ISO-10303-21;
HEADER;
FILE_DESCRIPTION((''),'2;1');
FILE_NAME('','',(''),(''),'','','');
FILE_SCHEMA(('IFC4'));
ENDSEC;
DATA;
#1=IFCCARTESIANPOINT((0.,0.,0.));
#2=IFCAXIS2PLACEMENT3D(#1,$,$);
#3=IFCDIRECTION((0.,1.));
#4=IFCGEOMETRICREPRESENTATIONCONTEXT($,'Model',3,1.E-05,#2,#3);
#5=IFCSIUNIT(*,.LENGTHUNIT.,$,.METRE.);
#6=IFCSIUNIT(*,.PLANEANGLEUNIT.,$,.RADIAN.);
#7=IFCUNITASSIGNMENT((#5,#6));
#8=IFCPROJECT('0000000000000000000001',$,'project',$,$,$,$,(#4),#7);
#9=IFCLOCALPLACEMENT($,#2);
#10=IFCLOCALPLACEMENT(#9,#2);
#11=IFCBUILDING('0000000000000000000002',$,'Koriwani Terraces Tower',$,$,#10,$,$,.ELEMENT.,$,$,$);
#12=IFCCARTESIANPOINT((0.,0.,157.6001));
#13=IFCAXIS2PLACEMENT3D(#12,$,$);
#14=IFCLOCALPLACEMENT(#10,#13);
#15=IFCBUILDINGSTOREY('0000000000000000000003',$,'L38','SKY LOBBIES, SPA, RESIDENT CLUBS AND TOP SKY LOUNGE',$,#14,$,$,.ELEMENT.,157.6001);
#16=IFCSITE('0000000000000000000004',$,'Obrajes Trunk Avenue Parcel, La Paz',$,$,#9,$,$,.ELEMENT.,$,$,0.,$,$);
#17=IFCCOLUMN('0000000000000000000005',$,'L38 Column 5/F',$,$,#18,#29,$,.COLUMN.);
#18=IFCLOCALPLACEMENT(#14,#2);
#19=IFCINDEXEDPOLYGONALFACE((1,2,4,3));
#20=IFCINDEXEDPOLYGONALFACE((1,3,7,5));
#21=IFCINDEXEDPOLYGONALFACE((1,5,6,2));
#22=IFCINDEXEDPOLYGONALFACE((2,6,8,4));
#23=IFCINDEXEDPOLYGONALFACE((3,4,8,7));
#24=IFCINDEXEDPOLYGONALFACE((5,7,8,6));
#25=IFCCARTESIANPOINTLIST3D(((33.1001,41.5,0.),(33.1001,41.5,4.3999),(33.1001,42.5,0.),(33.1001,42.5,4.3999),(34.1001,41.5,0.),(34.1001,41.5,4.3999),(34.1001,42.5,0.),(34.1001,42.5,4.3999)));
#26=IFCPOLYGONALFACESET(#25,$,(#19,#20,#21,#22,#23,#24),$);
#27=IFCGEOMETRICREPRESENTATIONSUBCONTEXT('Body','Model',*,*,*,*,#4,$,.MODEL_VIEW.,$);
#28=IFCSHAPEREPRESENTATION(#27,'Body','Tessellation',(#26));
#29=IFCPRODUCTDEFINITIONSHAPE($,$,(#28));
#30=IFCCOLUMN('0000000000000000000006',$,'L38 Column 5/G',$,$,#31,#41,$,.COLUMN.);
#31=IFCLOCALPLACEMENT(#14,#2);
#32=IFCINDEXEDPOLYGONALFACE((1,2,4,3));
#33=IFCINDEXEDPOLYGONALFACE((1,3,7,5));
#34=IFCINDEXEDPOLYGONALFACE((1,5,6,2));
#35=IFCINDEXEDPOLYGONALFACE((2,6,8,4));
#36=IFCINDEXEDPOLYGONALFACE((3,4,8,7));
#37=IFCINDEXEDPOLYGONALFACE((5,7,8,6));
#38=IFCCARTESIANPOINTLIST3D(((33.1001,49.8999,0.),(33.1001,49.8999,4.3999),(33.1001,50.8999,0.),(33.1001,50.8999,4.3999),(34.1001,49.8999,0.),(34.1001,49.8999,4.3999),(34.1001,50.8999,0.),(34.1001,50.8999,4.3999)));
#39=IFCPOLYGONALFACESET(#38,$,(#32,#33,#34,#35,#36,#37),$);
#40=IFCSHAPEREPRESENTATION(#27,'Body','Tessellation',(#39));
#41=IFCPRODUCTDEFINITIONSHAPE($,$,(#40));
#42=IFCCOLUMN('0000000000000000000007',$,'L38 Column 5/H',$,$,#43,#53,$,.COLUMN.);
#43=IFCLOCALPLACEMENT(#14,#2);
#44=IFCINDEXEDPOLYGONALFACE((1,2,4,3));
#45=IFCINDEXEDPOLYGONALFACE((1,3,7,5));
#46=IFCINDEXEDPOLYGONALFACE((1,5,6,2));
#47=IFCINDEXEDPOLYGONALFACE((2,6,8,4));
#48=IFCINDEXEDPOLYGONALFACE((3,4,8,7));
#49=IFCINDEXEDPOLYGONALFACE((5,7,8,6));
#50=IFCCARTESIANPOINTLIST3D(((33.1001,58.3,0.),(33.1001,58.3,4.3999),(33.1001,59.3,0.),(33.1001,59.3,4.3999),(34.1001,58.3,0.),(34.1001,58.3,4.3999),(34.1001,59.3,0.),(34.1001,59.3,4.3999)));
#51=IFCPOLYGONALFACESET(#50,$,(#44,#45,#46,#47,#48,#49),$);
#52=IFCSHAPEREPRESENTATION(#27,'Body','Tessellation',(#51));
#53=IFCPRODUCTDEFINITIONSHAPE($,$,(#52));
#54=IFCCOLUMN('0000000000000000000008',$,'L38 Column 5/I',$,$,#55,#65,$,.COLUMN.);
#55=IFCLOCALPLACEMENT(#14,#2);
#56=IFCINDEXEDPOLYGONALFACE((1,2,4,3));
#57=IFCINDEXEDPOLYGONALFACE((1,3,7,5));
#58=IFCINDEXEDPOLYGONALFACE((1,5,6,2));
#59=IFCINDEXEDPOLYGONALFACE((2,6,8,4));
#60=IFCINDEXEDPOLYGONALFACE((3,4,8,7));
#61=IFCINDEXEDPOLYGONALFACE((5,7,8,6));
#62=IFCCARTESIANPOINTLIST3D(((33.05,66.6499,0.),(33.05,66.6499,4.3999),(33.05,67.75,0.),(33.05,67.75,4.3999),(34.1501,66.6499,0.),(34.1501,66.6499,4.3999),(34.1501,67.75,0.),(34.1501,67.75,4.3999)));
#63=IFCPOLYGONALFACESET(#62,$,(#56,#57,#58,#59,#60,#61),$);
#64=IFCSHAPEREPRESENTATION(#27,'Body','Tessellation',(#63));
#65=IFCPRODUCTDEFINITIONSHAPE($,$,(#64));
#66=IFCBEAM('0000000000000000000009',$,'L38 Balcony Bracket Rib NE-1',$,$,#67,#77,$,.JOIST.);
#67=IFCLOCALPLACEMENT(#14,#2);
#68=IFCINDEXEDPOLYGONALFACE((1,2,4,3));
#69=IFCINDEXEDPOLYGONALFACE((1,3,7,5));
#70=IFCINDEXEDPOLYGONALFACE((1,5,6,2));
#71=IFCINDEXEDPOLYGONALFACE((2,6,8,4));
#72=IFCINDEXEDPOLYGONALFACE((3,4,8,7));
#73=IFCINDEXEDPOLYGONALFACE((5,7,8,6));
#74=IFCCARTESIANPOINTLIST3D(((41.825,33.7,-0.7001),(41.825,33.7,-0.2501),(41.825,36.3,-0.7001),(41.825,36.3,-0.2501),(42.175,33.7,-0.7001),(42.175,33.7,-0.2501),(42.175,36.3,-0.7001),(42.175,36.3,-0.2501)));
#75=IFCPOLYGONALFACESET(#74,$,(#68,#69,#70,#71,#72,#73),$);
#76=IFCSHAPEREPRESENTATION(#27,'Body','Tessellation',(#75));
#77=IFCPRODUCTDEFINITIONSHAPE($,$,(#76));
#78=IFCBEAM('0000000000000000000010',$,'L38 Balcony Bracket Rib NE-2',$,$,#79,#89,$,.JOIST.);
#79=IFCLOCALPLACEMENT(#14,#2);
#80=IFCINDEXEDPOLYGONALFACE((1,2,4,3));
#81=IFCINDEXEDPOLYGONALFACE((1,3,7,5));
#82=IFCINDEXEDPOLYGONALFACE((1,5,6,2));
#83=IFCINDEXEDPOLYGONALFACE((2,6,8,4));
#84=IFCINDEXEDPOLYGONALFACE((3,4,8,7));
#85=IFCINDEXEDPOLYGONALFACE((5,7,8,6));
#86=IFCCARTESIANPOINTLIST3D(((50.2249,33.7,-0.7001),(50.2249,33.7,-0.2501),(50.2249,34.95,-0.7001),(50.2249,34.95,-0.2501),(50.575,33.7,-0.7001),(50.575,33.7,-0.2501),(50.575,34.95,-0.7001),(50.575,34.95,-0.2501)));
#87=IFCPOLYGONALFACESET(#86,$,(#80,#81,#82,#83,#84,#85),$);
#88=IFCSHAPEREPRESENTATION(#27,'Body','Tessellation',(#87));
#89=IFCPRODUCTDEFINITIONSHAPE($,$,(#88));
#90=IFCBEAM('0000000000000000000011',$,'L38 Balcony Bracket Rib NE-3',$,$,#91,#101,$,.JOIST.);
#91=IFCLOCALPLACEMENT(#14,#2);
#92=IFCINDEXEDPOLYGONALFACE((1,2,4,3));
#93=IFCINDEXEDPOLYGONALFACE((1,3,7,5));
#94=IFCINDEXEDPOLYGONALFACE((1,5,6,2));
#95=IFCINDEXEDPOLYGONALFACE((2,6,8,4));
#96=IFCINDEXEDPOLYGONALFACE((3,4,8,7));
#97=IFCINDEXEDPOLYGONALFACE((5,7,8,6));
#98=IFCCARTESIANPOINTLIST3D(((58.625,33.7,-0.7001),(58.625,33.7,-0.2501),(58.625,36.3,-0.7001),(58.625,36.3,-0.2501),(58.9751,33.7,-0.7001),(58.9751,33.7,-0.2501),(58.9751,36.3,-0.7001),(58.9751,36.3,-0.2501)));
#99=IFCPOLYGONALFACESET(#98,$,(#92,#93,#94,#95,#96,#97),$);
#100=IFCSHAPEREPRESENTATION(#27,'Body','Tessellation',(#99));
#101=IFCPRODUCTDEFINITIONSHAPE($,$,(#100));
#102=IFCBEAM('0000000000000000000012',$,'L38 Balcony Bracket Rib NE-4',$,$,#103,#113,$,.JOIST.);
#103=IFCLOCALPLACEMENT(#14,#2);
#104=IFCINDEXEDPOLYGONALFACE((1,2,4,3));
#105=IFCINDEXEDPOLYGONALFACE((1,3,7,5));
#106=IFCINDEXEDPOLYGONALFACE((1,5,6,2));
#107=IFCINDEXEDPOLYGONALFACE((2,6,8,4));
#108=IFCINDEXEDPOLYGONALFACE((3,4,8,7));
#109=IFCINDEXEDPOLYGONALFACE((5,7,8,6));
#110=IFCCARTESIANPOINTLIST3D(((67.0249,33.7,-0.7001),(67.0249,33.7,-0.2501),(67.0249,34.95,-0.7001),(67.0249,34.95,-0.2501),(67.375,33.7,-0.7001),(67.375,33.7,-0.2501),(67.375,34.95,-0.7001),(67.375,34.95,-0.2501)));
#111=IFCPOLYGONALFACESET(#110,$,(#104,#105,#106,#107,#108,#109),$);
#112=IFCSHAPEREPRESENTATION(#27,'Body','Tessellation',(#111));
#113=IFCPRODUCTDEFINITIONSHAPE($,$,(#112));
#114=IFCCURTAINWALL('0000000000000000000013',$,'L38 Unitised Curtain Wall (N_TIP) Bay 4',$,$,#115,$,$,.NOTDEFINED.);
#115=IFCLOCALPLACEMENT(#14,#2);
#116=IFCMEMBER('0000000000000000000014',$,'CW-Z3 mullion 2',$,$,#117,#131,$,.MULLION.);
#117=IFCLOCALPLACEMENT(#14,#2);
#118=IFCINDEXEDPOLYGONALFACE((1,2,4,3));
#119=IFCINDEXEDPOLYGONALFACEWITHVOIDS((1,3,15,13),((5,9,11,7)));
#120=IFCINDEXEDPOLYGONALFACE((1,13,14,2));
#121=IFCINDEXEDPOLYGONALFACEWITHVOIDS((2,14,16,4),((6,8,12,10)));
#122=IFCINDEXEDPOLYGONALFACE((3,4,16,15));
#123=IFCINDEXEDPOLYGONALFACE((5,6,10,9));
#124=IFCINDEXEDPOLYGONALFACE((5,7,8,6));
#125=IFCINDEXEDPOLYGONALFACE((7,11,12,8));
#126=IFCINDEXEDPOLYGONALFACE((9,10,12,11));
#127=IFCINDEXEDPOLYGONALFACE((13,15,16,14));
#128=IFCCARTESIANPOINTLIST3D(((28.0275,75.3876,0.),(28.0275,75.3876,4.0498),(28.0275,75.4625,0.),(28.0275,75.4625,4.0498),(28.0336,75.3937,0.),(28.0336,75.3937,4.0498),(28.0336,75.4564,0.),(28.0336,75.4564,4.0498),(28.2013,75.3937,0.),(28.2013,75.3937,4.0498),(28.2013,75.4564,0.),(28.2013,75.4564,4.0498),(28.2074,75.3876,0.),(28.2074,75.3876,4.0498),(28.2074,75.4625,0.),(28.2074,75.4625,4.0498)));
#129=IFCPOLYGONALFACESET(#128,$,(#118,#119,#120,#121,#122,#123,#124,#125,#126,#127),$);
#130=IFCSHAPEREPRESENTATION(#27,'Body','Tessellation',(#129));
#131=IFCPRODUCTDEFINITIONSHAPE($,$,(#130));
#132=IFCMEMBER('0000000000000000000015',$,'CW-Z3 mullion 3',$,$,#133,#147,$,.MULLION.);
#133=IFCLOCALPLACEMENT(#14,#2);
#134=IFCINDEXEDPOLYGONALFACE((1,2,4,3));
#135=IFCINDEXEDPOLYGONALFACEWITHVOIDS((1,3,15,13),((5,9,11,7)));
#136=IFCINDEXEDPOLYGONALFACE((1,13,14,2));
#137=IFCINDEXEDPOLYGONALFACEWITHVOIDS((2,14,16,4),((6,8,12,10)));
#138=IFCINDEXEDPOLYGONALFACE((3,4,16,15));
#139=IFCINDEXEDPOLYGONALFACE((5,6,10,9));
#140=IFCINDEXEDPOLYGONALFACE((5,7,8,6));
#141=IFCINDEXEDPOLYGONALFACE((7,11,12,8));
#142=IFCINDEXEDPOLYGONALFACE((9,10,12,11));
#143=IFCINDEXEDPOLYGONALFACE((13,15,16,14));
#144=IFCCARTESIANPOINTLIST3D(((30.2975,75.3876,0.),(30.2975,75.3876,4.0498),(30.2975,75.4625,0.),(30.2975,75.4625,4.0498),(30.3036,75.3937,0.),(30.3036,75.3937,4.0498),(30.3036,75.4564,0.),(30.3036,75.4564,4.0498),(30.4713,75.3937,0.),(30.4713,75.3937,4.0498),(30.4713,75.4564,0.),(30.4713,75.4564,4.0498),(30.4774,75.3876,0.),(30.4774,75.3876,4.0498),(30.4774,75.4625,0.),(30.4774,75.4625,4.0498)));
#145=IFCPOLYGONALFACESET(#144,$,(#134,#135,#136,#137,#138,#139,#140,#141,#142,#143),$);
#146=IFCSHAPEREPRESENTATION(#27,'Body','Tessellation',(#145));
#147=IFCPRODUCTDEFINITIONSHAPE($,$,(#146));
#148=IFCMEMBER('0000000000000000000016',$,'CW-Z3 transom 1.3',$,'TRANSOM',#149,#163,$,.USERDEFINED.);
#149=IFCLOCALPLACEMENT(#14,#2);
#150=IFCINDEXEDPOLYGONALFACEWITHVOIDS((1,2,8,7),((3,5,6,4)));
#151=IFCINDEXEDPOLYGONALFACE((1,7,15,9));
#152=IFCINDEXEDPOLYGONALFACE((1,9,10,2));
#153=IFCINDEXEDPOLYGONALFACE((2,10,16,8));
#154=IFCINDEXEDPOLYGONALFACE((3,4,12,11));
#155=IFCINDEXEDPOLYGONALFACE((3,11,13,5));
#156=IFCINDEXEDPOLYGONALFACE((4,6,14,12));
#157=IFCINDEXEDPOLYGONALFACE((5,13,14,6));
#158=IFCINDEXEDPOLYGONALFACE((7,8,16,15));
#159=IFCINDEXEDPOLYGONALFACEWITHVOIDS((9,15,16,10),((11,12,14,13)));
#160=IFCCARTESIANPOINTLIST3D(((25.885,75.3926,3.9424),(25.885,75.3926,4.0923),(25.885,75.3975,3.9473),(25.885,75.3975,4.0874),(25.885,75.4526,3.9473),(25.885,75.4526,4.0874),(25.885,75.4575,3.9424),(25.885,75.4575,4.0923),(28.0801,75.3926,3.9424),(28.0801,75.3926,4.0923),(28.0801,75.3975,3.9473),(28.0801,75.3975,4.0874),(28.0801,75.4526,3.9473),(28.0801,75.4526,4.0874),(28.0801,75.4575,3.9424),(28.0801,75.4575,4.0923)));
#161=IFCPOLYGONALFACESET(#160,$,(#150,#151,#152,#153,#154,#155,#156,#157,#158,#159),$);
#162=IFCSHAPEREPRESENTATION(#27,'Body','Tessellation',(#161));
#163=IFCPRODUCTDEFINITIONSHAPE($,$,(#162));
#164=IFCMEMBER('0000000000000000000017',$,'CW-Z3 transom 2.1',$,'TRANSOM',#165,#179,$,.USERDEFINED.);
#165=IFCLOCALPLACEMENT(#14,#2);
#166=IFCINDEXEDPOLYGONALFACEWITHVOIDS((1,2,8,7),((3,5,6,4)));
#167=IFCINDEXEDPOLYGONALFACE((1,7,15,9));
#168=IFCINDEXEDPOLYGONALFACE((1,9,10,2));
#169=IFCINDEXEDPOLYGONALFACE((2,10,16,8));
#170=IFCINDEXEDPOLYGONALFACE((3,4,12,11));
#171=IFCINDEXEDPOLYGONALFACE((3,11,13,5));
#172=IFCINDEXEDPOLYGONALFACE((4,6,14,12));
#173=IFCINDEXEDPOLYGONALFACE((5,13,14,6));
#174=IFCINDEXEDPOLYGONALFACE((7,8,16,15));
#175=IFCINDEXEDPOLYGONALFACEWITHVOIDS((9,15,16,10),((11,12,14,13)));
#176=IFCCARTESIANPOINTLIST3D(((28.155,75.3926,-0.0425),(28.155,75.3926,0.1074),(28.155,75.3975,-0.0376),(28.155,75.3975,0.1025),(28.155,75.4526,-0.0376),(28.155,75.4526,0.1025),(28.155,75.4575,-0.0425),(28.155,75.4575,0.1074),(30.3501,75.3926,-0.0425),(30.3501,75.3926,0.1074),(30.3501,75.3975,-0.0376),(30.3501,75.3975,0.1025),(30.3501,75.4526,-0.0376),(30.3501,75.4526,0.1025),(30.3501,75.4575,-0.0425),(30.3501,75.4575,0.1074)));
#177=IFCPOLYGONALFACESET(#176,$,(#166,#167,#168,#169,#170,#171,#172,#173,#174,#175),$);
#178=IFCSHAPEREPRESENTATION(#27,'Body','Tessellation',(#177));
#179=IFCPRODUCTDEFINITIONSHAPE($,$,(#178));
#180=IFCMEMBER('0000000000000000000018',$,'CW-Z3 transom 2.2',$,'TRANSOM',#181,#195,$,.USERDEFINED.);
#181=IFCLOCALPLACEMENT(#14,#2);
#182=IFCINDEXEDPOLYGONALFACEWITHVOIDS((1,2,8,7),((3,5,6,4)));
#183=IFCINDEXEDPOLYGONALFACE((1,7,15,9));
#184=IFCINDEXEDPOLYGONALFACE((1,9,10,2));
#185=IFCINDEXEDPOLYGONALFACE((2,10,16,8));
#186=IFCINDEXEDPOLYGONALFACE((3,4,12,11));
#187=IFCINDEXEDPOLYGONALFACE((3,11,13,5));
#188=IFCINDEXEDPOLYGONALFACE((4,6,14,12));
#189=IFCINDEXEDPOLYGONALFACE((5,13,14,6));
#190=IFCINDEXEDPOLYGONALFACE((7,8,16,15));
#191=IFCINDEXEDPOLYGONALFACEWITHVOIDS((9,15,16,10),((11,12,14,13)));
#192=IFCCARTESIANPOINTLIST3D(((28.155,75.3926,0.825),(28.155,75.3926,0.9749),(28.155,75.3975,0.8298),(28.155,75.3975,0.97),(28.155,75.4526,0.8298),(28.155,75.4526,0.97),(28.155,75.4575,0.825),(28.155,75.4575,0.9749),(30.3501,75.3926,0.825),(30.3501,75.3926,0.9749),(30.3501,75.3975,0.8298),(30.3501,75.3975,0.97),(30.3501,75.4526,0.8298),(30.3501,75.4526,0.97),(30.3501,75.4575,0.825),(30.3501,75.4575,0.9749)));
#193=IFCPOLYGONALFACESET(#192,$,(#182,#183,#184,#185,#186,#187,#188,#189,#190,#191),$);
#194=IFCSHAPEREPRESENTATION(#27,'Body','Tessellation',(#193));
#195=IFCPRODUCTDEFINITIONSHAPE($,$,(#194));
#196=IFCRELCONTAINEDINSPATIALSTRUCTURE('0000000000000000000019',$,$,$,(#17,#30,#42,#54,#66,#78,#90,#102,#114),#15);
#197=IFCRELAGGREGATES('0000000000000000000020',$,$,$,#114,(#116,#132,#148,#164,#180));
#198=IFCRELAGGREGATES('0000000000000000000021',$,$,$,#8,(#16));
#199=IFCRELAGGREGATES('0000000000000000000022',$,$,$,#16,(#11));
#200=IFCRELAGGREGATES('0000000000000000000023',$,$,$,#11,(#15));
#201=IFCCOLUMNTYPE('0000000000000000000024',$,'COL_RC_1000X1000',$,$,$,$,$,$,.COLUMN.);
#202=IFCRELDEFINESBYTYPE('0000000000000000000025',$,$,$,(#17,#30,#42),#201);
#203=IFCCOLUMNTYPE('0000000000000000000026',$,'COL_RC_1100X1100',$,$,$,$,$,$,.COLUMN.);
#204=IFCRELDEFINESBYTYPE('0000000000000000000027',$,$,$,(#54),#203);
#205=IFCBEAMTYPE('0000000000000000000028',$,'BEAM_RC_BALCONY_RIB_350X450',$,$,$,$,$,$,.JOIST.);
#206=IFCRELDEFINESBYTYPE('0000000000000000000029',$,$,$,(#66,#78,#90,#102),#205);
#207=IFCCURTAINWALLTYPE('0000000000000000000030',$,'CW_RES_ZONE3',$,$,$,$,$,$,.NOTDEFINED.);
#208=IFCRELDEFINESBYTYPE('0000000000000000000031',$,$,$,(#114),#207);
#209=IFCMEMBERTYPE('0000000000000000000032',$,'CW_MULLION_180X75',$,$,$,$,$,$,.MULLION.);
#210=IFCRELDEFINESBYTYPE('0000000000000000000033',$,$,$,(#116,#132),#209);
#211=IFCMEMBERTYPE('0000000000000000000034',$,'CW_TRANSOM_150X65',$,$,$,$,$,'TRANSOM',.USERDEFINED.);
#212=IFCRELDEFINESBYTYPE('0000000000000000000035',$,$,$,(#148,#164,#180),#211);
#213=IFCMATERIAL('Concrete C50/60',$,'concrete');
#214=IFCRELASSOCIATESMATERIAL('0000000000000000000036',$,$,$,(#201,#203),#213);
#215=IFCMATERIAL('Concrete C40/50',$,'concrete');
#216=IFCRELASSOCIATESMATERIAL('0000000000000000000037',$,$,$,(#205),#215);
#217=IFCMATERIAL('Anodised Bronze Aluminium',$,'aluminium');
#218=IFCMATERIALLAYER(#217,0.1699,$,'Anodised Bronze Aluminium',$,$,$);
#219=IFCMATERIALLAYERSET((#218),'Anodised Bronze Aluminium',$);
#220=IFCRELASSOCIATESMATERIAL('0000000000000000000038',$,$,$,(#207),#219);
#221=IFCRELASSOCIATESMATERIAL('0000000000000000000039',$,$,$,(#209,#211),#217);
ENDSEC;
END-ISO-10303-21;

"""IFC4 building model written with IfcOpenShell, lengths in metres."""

from ifc_helpers import new_model, si_unit, direction, frame, origin, origin_2d, place, context, subcontext, project, spatial, rectangle, hollow_rectangle, extrude, material, layer, layer_set, material_profile, profile_set, type_object, element, aggregate, save


model = new_model("IFC4")

# Units and contexts
model_context = context("Model", 3, precision=1e-05, world=origin(), true_north=direction((0.0, 1.0)))
body_context = subcontext(model_context, "Body", "Model", "MODEL_VIEW")
ifc_project = project(units=[si_unit("LENGTHUNIT", "METRE"), si_unit("PLANEANGLEUNIT", "RADIAN")], contexts=[model_context])

# Site, building, storey
site_placement = place(None, origin())
site = spatial("IfcSite", under=ifc_project, at=site_placement, Name="Obrajes Trunk Avenue Parcel, La Paz", CompositionType="ELEMENT", RefElevation=0.0)
building_placement = place(site_placement, origin())
building = spatial("IfcBuilding", under=site, at=building_placement, Name="Koriwani Terraces Tower", CompositionType="ELEMENT")
storey_placement = place(building_placement, frame((0.0, 0.0, 157.6001)))
storey = spatial("IfcBuildingStorey", under=building, at=storey_placement, Name="L38", Description="SKY LOBBIES, SPA, RESIDENT CLUBS AND TOP SKY LOUNGE", CompositionType="ELEMENT", Elevation=157.6001)

# Columns
ifc_material_1 = material(Name="Concrete C50/60", Category="concrete")
ifc_material_profile_1 = material_profile(ifc_material_1, rectangle(XDim=1.0, YDim=1.0, at=origin_2d()), Name="Concrete C50/60", Category="LoadBearing")
ifc_profile_set_1 = profile_set([ifc_material_profile_1], Name="Concrete C50/60")
column_type_1 = type_object("IfcColumnType", Name="COL_RC_1000X1000", PredefinedType="COLUMN", material=ifc_profile_set_1)
for number, where, z_axis, x_axis, name in (
    (1, (33.6001, 42.0, 0.0), (0.0, 0.0, 1.0), (1.0, 0.0, 0.0), "L38 Column 5/F"),
    (2, (33.6001, 50.3999, 0.0), (0.0, 0.0, 1.0), (1.0, 0.0, 0.0), "L38 Column 5/G"),
    (3, (33.6001, 58.8, 0.0), (0.0, 0.0, 1.0), (1.0, 0.0, 0.0), "L38 Column 5/H"),
):
    element("IfcColumn", number, at=place(storey_placement, frame(where, z_axis=z_axis, x_axis=x_axis)), inside=storey, type_object=column_type_1, Name=name, PredefinedType="COLUMN", context=body_context, shape_type="SweptSolid", body=[
        extrude(rectangle(XDim=1.0, YDim=1.0, at=origin_2d()), origin(), (0.0, 0.0, 1.0), 4.3999),
    ])
ifc_material_profile_2 = material_profile(ifc_material_1, rectangle(XDim=1.1001, YDim=1.1001, at=origin_2d()), Name="Concrete C50/60", Category="LoadBearing")
ifc_profile_set_2 = profile_set([ifc_material_profile_2], Name="Concrete C50/60")
column_type_2 = type_object("IfcColumnType", Name="COL_RC_1100X1100", PredefinedType="COLUMN", material=ifc_profile_set_2)
column_placement = place(storey_placement, frame((33.6001, 67.2, 0.0), z_axis=(0.0, 0.0, 1.0), x_axis=(1.0, 0.0, 0.0)))
element("IfcColumn", 4, at=column_placement, inside=storey, type_object=column_type_2, Name="L38 Column 5/I", PredefinedType="COLUMN", context=body_context, shape_type="SweptSolid", body=[
    extrude(rectangle(XDim=1.1001, YDim=1.1001, at=origin_2d()), origin(), (0.0, 0.0, 1.0), 4.3999),
])

# Beams
ifc_material_2 = material(Name="Concrete C40/50", Category="concrete")
ifc_material_profile_3 = material_profile(ifc_material_2, rectangle(XDim=0.3501, YDim=0.45, at=origin_2d()), Name="Concrete C40/50", Category="LoadBearing")
ifc_profile_set_3 = profile_set([ifc_material_profile_3], Name="Concrete C40/50")
beam_type_1 = type_object("IfcBeamType", Name="BEAM_RC_BALCONY_RIB_350X450", PredefinedType="JOIST", material=ifc_profile_set_3)
beam_1_placement = place(storey_placement, frame((42.0, 33.7, -0.4751), z_axis=(0.0, 1.0, 0.0), x_axis=(-1.0, 0.0, 0.0)))
element("IfcBeam", 5, at=beam_1_placement, inside=storey, type_object=beam_type_1, Name="L38 Balcony Bracket Rib NE-1", PredefinedType="JOIST", context=body_context, shape_type="SweptSolid", body=[
    extrude(rectangle(XDim=0.3501, YDim=0.45, at=origin_2d()), origin(), (0.0, 0.0, 1.0), 2.6001),
])
beam_2_placement = place(storey_placement, frame((50.3999, 33.7, -0.4751), z_axis=(0.0, 1.0, 0.0), x_axis=(-1.0, 0.0, 0.0)))
element("IfcBeam", 6, at=beam_2_placement, inside=storey, type_object=beam_type_1, Name="L38 Balcony Bracket Rib NE-2", PredefinedType="JOIST", context=body_context, shape_type="SweptSolid", body=[
    extrude(rectangle(XDim=0.3501, YDim=0.45, at=origin_2d()), origin(), (0.0, 0.0, 1.0), 1.25),
])
beam_3_placement = place(storey_placement, frame((58.8, 33.7, -0.4751), z_axis=(0.0, 1.0, 0.0), x_axis=(-1.0, 0.0, 0.0)))
element("IfcBeam", 7, at=beam_3_placement, inside=storey, type_object=beam_type_1, Name="L38 Balcony Bracket Rib NE-3", PredefinedType="JOIST", context=body_context, shape_type="SweptSolid", body=[
    extrude(rectangle(XDim=0.3501, YDim=0.45, at=origin_2d()), origin(), (0.0, 0.0, 1.0), 2.6001),
])
beam_4_placement = place(storey_placement, frame((67.2, 33.7, -0.4751), z_axis=(0.0, 1.0, 0.0), x_axis=(-1.0, 0.0, 0.0)))
element("IfcBeam", 8, at=beam_4_placement, inside=storey, type_object=beam_type_1, Name="L38 Balcony Bracket Rib NE-4", PredefinedType="JOIST", context=body_context, shape_type="SweptSolid", body=[
    extrude(rectangle(XDim=0.3501, YDim=0.45, at=origin_2d()), origin(), (0.0, 0.0, 1.0), 1.25),
])

# Curtain wall, members
ifc_material_3 = material(Name="Anodised Bronze Aluminium", Category="aluminium")
ifc_layer_1 = layer(ifc_material_3, 0.1699, Name="Anodised Bronze Aluminium")
ifc_layer_set_1 = layer_set([ifc_layer_1], Name="Anodised Bronze Aluminium")
curtain_wall_type = type_object("IfcCurtainWallType", Name="CW_RES_ZONE3", PredefinedType="NOTDEFINED", material=ifc_layer_set_1)
curtain_wall_placement = place(storey_placement, origin())
curtain_wall = element("IfcCurtainWall", 9, at=curtain_wall_placement, inside=storey, type_object=curtain_wall_type, Name="L38 Unitised Curtain Wall (N_TIP) Bay 4", PredefinedType="NOTDEFINED")
ifc_material_profile_4 = material_profile(ifc_material_3, hollow_rectangle(XDim=0.075, YDim=0.1799, WallThickness=0.0061, at=origin_2d()), Name="Anodised Bronze Aluminium", Category="LoadBearing")
ifc_profile_set_4 = profile_set([ifc_material_profile_4], Name="Anodised Bronze Aluminium")
member_type_1 = type_object("IfcMemberType", Name="CW_MULLION_180X75", PredefinedType="MULLION", material=ifc_profile_set_4)
member_1_placement = place(storey_placement, frame((28.1174, 75.425, 0.0), z_axis=(0.0, 0.0, 1.0), x_axis=(0.0, 1.0, 0.0)))
member_1 = element("IfcMember", 10, at=member_1_placement, type_object=member_type_1, Name="CW-Z3 mullion 2", PredefinedType="MULLION", context=body_context, shape_type="SweptSolid", body=[
    extrude(hollow_rectangle(XDim=0.075, YDim=0.1799, WallThickness=0.0061, at=origin_2d()), origin(), (0.0, 0.0, 1.0), 4.0498),
])
member_2_placement = place(storey_placement, frame((30.3875, 75.425, 0.0), z_axis=(0.0, 0.0, 1.0), x_axis=(0.0, 1.0, 0.0)))
member_2 = element("IfcMember", 11, at=member_2_placement, type_object=member_type_1, Name="CW-Z3 mullion 3", PredefinedType="MULLION", context=body_context, shape_type="SweptSolid", body=[
    extrude(hollow_rectangle(XDim=0.075, YDim=0.1799, WallThickness=0.0061, at=origin_2d()), origin(), (0.0, 0.0, 1.0), 4.0498),
])
ifc_material_profile_5 = material_profile(ifc_material_3, hollow_rectangle(XDim=0.0649, YDim=0.1499, WallThickness=0.0049, at=origin_2d()), Name="Anodised Bronze Aluminium", Category="LoadBearing")
ifc_profile_set_5 = profile_set([ifc_material_profile_5], Name="Anodised Bronze Aluminium")
member_type_2 = type_object("IfcMemberType", Name="CW_TRANSOM_150X65", ElementType="TRANSOM", PredefinedType="USERDEFINED", material=ifc_profile_set_5)
member_3_placement = place(storey_placement, frame((25.885, 75.425, 4.0173), z_axis=(1.0, 0.0, 0.0), x_axis=(0.0, 1.0, 0.0)))
member_3 = element("IfcMember", 12, at=member_3_placement, type_object=member_type_2, Name="CW-Z3 transom 1.3", ObjectType="TRANSOM", PredefinedType="USERDEFINED", context=body_context, shape_type="SweptSolid", body=[
    extrude(hollow_rectangle(XDim=0.0649, YDim=0.1499, WallThickness=0.0049, at=origin_2d()), origin(), (0.0, 0.0, 1.0), 2.1951),
])
member_4_placement = place(storey_placement, frame((28.155, 75.425, 0.0325), z_axis=(1.0, 0.0, 0.0), x_axis=(0.0, 1.0, 0.0)))
member_4 = element("IfcMember", 13, at=member_4_placement, type_object=member_type_2, Name="CW-Z3 transom 2.1", ObjectType="TRANSOM", PredefinedType="USERDEFINED", context=body_context, shape_type="SweptSolid", body=[
    extrude(hollow_rectangle(XDim=0.0649, YDim=0.1499, WallThickness=0.0049, at=origin_2d()), origin(), (0.0, 0.0, 1.0), 2.1951),
])
member_5_placement = place(storey_placement, frame((28.155, 75.425, 0.8999), z_axis=(1.0, 0.0, 0.0), x_axis=(0.0, 1.0, 0.0)))
member_5 = element("IfcMember", 14, at=member_5_placement, type_object=member_type_2, Name="CW-Z3 transom 2.2", ObjectType="TRANSOM", PredefinedType="USERDEFINED", context=body_context, shape_type="SweptSolid", body=[
    extrude(hollow_rectangle(XDim=0.0649, YDim=0.1499, WallThickness=0.0049, at=origin_2d()), origin(), (0.0, 0.0, 1.0), 2.1951),
])

aggregate(curtain_wall, [member_1, member_2, member_3, member_4, member_5])

save(model, "model.ifc")
